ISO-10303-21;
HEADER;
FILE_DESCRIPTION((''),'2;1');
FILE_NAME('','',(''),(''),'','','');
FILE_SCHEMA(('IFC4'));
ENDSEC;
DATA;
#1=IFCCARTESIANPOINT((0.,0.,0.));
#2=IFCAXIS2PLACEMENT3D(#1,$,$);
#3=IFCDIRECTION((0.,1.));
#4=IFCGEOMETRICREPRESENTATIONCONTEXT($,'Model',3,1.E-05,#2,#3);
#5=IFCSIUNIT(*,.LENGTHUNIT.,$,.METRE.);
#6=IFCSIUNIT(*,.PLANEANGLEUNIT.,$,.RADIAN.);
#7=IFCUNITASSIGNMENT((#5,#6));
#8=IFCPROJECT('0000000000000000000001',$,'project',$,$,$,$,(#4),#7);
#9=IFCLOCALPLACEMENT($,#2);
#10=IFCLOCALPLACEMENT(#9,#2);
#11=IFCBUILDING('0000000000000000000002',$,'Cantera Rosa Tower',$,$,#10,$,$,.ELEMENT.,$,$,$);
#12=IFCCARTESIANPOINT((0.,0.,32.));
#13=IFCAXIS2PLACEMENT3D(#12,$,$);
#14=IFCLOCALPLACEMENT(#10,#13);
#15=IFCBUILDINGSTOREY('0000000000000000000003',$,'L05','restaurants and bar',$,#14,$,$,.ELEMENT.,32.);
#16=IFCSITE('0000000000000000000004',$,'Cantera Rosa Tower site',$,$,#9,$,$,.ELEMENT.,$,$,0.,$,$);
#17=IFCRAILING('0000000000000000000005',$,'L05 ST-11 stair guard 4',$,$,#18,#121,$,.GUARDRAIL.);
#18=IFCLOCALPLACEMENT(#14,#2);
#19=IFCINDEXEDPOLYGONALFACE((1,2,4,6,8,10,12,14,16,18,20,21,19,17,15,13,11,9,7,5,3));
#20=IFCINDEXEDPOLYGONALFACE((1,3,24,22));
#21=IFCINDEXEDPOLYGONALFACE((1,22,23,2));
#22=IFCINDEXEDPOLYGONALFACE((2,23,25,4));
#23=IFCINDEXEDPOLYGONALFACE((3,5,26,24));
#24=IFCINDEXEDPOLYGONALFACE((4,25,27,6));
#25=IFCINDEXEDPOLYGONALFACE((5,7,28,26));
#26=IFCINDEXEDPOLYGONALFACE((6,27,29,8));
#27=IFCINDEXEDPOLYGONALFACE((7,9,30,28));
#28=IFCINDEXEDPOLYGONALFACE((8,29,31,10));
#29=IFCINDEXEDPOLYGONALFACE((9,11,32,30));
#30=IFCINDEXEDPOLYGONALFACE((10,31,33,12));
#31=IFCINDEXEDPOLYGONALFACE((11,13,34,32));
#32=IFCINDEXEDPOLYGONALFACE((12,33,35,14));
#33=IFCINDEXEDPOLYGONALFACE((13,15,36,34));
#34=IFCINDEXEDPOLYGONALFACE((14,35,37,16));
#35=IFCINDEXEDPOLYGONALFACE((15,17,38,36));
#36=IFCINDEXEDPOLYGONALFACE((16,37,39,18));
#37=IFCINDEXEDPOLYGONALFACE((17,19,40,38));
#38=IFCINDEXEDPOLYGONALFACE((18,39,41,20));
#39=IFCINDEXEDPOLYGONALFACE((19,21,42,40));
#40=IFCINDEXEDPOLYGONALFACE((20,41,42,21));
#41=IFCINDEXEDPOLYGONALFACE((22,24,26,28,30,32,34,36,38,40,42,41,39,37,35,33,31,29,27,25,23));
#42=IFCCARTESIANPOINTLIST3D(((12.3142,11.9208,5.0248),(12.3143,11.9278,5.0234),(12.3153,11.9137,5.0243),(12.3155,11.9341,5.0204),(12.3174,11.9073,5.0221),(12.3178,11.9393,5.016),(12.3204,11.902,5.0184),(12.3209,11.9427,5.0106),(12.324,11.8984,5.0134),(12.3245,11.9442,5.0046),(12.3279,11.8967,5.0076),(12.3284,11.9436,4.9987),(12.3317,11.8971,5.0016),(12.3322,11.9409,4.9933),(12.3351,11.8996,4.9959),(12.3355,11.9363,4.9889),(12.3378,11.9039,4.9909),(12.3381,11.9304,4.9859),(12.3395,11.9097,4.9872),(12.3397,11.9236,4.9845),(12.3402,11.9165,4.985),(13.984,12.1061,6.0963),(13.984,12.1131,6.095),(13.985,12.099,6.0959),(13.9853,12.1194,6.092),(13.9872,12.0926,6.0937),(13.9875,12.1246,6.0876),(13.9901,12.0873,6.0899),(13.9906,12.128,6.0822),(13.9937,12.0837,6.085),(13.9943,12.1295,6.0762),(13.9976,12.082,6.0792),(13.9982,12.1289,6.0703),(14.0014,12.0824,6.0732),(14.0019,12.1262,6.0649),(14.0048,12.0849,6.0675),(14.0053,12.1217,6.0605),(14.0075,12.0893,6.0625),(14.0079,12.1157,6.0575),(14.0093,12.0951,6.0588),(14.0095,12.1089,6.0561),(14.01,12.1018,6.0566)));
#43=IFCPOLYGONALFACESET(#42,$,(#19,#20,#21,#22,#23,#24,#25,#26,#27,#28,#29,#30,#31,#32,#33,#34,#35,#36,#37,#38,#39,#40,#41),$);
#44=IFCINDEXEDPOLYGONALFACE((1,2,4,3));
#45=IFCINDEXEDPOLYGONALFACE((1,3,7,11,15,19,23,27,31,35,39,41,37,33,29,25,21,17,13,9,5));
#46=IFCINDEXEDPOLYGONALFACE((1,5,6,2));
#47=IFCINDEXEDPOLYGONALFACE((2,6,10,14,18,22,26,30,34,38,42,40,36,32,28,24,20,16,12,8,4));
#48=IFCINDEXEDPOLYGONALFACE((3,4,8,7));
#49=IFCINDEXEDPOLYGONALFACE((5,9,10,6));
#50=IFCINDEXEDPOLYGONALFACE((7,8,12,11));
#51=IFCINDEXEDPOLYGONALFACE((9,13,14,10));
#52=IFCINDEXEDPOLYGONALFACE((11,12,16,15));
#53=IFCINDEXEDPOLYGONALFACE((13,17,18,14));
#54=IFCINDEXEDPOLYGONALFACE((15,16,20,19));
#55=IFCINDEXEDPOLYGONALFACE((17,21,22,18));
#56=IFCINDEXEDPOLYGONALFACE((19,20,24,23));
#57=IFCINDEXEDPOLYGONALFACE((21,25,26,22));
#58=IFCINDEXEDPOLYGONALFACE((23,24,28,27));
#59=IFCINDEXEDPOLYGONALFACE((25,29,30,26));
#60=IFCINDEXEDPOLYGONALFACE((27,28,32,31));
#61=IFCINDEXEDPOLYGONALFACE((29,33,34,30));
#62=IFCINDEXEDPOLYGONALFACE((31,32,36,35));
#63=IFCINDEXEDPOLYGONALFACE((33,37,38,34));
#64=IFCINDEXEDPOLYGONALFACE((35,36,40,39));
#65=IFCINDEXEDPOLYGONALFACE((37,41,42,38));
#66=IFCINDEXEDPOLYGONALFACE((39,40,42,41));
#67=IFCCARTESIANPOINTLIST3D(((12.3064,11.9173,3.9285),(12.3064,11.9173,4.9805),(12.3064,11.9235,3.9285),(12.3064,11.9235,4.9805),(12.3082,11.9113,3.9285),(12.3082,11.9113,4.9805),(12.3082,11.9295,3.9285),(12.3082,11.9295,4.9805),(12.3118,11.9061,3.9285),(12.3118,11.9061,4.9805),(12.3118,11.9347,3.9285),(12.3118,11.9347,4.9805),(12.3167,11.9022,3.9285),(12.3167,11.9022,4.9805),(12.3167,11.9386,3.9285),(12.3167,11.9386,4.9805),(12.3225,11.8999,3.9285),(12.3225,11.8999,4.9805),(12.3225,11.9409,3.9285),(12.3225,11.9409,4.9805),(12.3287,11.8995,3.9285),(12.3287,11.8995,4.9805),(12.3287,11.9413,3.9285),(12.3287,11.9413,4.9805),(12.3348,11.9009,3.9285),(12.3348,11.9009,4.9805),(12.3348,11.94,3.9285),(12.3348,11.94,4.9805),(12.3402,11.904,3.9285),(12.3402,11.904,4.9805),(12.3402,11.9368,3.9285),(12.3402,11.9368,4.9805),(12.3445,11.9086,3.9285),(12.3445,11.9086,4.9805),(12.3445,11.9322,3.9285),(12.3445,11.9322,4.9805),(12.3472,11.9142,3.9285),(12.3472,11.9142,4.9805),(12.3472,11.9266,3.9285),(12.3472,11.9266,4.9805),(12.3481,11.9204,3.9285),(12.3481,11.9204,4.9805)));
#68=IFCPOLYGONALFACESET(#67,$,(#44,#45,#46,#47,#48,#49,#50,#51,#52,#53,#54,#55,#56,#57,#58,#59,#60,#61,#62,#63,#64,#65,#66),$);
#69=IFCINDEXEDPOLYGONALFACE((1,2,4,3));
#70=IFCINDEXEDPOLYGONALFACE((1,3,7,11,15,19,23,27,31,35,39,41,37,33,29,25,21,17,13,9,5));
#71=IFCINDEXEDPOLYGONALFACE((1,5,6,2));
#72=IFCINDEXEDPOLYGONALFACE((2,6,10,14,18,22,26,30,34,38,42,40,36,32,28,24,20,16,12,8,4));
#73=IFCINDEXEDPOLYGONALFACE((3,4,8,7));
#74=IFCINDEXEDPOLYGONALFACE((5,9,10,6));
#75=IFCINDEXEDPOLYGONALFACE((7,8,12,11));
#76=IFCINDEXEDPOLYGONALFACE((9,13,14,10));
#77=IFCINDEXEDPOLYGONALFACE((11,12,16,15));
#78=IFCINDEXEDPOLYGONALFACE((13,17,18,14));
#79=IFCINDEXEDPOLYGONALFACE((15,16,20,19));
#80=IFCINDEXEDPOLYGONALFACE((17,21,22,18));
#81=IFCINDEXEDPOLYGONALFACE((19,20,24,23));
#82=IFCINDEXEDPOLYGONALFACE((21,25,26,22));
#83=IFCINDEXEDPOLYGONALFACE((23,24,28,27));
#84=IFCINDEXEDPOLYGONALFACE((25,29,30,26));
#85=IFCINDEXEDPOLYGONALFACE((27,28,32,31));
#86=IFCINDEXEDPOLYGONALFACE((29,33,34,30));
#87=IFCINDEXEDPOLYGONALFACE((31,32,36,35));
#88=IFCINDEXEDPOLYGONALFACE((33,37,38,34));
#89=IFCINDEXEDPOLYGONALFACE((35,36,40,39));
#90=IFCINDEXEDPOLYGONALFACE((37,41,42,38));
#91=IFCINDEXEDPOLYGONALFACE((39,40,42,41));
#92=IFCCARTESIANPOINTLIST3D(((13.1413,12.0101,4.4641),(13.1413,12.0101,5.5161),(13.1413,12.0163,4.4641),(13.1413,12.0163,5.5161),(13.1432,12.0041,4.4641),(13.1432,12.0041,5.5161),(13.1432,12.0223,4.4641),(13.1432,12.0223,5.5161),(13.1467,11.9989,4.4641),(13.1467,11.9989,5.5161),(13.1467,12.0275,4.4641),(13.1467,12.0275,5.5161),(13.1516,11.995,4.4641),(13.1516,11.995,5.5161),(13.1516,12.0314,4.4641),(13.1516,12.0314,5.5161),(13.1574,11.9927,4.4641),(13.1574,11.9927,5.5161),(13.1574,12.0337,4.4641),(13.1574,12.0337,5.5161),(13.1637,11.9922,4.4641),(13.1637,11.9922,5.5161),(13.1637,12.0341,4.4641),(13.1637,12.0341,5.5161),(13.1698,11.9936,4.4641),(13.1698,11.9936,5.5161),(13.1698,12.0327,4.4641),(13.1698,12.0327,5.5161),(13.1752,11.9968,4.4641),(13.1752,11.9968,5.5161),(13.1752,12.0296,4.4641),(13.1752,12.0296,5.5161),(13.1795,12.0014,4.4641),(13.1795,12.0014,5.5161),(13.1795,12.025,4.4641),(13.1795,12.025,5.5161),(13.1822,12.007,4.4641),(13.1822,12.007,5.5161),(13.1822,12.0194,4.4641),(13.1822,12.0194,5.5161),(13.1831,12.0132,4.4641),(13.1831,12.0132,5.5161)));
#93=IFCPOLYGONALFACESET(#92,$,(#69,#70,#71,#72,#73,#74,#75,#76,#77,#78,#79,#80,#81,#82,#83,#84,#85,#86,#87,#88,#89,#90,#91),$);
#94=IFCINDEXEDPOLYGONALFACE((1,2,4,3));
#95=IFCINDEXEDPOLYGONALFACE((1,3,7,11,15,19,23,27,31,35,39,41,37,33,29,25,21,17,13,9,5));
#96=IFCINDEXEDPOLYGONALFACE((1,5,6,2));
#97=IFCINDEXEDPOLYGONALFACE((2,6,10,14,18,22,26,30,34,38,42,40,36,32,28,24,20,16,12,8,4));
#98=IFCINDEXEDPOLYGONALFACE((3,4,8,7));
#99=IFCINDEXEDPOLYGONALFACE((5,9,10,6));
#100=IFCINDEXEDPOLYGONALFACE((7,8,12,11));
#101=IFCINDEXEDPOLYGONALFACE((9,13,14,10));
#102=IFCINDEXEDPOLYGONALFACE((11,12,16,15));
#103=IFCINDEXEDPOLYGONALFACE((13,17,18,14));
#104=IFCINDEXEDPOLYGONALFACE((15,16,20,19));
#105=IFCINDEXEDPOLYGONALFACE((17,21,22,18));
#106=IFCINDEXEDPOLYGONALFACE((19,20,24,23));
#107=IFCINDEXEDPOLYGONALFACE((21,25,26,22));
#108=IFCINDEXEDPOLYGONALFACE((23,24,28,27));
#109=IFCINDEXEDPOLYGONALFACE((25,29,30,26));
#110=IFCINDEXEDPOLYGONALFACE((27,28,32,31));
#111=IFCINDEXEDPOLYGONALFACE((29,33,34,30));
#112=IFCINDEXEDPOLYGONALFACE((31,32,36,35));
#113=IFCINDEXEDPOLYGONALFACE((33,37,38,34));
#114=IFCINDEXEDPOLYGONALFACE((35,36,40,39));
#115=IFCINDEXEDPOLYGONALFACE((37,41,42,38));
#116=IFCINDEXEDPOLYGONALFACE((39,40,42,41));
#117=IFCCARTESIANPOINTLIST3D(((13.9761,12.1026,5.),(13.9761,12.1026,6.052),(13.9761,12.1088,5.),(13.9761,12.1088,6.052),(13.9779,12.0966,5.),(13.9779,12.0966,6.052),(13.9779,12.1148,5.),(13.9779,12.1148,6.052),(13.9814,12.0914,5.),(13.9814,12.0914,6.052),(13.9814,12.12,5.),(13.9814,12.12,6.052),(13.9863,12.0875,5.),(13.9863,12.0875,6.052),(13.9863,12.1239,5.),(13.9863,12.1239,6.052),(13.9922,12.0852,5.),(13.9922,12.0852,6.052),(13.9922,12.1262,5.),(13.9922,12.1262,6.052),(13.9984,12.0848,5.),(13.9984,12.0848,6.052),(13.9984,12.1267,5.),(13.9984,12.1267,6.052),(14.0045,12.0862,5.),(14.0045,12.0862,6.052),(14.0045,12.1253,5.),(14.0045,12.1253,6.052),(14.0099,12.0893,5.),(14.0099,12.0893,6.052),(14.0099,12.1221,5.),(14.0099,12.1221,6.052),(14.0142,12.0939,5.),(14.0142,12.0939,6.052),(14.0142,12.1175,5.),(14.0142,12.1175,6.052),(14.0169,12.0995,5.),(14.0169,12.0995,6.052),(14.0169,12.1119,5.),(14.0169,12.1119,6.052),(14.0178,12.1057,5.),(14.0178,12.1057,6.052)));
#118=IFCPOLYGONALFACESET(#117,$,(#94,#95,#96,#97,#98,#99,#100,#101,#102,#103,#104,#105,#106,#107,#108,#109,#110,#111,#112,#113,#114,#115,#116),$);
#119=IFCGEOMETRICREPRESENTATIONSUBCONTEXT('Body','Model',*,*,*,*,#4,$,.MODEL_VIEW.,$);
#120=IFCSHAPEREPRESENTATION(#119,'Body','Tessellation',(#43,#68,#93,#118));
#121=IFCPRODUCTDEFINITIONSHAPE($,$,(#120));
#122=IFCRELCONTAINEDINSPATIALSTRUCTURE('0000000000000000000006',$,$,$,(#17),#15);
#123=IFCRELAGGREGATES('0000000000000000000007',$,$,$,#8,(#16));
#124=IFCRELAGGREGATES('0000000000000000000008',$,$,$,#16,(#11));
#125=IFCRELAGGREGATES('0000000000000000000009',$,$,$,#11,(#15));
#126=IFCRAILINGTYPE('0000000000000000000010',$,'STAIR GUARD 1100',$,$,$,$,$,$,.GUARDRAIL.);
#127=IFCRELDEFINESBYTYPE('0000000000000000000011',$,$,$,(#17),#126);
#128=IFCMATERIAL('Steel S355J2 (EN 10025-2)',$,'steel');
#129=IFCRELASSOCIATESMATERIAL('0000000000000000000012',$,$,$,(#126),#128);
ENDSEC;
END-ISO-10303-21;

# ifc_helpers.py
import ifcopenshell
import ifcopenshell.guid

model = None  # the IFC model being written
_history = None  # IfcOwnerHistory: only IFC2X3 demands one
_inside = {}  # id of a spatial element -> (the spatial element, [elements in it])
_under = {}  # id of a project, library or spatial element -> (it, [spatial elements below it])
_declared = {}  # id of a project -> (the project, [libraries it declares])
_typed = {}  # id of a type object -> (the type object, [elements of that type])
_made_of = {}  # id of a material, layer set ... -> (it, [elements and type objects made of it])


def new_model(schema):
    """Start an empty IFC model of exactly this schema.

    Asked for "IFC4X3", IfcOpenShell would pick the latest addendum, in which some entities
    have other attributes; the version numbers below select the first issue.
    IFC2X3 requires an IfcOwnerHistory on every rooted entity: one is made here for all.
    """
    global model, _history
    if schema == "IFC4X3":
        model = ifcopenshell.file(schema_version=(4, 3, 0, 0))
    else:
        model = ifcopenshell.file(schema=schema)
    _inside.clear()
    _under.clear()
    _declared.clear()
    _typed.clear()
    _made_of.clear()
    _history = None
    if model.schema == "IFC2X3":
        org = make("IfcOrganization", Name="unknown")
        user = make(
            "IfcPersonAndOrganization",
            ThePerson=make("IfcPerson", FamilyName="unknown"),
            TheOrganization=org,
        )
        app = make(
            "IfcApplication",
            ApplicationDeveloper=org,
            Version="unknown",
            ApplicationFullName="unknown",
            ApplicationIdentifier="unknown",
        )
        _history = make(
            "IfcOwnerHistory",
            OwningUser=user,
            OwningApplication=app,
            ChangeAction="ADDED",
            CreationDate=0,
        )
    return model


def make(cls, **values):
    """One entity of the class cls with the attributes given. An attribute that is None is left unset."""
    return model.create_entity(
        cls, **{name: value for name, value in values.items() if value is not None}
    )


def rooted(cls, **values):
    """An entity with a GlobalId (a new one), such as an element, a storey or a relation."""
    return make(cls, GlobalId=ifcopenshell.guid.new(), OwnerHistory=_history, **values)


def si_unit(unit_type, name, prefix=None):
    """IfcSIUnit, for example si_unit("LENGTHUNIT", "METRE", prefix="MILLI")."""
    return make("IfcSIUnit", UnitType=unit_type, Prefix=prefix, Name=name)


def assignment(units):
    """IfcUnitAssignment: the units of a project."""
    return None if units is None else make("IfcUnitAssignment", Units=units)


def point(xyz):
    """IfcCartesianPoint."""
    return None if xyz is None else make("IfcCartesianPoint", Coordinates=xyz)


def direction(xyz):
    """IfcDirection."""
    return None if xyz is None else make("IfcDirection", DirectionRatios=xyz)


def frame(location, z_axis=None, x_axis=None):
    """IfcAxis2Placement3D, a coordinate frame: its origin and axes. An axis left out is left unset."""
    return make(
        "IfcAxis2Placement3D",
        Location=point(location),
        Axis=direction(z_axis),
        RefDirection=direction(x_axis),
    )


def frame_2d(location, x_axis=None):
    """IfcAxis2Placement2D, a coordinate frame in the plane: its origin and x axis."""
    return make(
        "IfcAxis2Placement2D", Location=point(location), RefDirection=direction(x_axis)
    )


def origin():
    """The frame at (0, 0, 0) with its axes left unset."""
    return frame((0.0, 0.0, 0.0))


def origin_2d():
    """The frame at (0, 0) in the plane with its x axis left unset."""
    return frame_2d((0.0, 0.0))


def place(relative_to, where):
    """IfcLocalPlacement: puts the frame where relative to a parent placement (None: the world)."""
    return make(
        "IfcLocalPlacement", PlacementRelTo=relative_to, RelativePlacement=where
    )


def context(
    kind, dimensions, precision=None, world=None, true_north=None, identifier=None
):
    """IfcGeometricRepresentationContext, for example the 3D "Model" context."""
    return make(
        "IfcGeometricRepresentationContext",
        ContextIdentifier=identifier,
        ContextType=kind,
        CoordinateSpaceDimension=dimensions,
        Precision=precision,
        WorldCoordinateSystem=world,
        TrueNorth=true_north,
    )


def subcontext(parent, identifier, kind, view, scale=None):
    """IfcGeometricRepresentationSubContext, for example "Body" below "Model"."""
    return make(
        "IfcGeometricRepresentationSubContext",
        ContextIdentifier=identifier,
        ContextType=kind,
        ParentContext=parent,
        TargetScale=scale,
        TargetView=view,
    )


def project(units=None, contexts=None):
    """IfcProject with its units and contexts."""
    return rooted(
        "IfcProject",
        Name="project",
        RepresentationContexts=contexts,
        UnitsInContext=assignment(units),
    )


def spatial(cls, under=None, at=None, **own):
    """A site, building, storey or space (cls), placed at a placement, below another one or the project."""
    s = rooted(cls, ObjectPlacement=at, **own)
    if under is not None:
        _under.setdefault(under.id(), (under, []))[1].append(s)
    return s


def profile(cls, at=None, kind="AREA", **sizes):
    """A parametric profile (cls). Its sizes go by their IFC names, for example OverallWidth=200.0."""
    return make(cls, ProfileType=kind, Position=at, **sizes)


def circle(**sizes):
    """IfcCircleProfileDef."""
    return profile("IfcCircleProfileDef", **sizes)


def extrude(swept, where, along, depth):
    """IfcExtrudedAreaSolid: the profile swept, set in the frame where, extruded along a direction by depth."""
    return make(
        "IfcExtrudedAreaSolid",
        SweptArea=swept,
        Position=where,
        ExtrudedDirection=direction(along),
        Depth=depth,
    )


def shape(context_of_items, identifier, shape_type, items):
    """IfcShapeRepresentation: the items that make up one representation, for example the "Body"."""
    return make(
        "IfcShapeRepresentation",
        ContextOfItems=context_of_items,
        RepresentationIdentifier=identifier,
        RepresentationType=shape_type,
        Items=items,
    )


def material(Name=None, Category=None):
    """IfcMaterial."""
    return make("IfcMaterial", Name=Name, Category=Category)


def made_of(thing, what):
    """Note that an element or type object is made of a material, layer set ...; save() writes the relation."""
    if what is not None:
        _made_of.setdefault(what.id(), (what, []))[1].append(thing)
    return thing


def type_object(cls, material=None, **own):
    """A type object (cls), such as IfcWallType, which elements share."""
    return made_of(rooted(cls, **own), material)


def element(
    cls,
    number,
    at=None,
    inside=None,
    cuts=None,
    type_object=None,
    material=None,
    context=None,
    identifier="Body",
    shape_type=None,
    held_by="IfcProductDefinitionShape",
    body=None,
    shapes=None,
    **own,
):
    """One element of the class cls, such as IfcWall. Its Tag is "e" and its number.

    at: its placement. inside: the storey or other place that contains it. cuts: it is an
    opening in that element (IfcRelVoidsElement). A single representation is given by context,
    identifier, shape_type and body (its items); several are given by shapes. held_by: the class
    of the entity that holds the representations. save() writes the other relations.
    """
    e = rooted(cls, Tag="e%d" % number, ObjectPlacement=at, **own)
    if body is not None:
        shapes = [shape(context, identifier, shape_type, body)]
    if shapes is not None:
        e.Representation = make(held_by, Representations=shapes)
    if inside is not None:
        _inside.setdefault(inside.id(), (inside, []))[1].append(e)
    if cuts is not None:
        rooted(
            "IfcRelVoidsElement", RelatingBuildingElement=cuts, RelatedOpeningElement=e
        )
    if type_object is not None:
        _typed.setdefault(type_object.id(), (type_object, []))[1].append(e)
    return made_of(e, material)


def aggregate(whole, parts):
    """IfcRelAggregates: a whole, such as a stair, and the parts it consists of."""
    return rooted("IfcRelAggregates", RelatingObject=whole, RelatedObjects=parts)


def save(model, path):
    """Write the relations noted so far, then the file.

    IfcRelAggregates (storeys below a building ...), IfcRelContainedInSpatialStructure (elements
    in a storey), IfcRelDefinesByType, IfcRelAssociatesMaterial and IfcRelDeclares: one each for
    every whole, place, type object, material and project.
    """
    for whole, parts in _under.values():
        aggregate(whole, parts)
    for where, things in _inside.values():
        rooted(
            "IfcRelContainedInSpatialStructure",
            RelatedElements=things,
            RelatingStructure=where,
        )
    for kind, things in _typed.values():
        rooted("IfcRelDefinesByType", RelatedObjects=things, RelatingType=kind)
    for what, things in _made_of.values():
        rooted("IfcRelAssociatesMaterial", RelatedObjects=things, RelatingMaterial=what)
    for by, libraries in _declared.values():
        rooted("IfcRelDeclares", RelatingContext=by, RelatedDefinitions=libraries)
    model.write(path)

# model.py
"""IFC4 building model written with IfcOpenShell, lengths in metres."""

from ifc_helpers import new_model, si_unit, direction, frame, origin, origin_2d, place, context, subcontext, project, spatial, circle, extrude, material, type_object, element, save


model = new_model("IFC4")

# Units and contexts
model_context = context("Model", 3, precision=1e-05, world=origin(), true_north=direction((0.0, 1.0)))
body_context = subcontext(model_context, "Body", "Model", "MODEL_VIEW")
ifc_project = project(units=[si_unit("LENGTHUNIT", "METRE"), si_unit("PLANEANGLEUNIT", "RADIAN")], contexts=[model_context])

# Site, building, storey
site_placement = place(None, origin())
site = spatial("IfcSite", under=ifc_project, at=site_placement, Name="Cantera Rosa Tower site", CompositionType="ELEMENT", RefElevation=0.0)
building_placement = place(site_placement, origin())
building = spatial("IfcBuilding", under=site, at=building_placement, Name="Cantera Rosa Tower", CompositionType="ELEMENT")
storey_placement = place(building_placement, frame((0.0, 0.0, 32.0)))
storey = spatial("IfcBuildingStorey", under=building, at=storey_placement, Name="L05", Description="restaurants and bar", CompositionType="ELEMENT", Elevation=32.0)

# Railing
ifc_material_1 = material(Name="Steel S355J2 (EN 10025-2)", Category="steel")
railing_type_1 = type_object("IfcRailingType", Name="STAIR GUARD 1100", PredefinedType="GUARDRAIL", material=ifc_material_1)
railing_1_placement = place(storey_placement, frame((12.3271, 11.9204, 3.9285)))
element("IfcRailing", 1, at=railing_1_placement, inside=storey, type_object=railing_type_1, Name="L05 ST-11 stair guard 4", PredefinedType="GUARDRAIL", context=body_context, shape_type="SweptSolid", body=[
    extrude(circle(Radius=0.0239, at=origin_2d()), frame((0.0, 0.0, 1.0762), z_axis=(0.837951, 0.092997, 0.537764), x_axis=(-0.110304, 0.993898, 0.0)), (0.0, 0.0, 1.0), 1.9927),
    extrude(circle(Radius=0.021, at=origin_2d()), origin(), (0.0, 0.0, 1.0), 1.052),
    extrude(circle(Radius=0.021, at=origin_2d()), frame((0.835, 0.0928, 0.5356)), (0.0, 0.0, 1.0), 1.052),
    extrude(circle(Radius=0.021, at=origin_2d()), frame((1.6697, 0.1853, 1.0715)), (0.0, 0.0, 1.0), 1.052),
])

save(model, "model.ifc")
